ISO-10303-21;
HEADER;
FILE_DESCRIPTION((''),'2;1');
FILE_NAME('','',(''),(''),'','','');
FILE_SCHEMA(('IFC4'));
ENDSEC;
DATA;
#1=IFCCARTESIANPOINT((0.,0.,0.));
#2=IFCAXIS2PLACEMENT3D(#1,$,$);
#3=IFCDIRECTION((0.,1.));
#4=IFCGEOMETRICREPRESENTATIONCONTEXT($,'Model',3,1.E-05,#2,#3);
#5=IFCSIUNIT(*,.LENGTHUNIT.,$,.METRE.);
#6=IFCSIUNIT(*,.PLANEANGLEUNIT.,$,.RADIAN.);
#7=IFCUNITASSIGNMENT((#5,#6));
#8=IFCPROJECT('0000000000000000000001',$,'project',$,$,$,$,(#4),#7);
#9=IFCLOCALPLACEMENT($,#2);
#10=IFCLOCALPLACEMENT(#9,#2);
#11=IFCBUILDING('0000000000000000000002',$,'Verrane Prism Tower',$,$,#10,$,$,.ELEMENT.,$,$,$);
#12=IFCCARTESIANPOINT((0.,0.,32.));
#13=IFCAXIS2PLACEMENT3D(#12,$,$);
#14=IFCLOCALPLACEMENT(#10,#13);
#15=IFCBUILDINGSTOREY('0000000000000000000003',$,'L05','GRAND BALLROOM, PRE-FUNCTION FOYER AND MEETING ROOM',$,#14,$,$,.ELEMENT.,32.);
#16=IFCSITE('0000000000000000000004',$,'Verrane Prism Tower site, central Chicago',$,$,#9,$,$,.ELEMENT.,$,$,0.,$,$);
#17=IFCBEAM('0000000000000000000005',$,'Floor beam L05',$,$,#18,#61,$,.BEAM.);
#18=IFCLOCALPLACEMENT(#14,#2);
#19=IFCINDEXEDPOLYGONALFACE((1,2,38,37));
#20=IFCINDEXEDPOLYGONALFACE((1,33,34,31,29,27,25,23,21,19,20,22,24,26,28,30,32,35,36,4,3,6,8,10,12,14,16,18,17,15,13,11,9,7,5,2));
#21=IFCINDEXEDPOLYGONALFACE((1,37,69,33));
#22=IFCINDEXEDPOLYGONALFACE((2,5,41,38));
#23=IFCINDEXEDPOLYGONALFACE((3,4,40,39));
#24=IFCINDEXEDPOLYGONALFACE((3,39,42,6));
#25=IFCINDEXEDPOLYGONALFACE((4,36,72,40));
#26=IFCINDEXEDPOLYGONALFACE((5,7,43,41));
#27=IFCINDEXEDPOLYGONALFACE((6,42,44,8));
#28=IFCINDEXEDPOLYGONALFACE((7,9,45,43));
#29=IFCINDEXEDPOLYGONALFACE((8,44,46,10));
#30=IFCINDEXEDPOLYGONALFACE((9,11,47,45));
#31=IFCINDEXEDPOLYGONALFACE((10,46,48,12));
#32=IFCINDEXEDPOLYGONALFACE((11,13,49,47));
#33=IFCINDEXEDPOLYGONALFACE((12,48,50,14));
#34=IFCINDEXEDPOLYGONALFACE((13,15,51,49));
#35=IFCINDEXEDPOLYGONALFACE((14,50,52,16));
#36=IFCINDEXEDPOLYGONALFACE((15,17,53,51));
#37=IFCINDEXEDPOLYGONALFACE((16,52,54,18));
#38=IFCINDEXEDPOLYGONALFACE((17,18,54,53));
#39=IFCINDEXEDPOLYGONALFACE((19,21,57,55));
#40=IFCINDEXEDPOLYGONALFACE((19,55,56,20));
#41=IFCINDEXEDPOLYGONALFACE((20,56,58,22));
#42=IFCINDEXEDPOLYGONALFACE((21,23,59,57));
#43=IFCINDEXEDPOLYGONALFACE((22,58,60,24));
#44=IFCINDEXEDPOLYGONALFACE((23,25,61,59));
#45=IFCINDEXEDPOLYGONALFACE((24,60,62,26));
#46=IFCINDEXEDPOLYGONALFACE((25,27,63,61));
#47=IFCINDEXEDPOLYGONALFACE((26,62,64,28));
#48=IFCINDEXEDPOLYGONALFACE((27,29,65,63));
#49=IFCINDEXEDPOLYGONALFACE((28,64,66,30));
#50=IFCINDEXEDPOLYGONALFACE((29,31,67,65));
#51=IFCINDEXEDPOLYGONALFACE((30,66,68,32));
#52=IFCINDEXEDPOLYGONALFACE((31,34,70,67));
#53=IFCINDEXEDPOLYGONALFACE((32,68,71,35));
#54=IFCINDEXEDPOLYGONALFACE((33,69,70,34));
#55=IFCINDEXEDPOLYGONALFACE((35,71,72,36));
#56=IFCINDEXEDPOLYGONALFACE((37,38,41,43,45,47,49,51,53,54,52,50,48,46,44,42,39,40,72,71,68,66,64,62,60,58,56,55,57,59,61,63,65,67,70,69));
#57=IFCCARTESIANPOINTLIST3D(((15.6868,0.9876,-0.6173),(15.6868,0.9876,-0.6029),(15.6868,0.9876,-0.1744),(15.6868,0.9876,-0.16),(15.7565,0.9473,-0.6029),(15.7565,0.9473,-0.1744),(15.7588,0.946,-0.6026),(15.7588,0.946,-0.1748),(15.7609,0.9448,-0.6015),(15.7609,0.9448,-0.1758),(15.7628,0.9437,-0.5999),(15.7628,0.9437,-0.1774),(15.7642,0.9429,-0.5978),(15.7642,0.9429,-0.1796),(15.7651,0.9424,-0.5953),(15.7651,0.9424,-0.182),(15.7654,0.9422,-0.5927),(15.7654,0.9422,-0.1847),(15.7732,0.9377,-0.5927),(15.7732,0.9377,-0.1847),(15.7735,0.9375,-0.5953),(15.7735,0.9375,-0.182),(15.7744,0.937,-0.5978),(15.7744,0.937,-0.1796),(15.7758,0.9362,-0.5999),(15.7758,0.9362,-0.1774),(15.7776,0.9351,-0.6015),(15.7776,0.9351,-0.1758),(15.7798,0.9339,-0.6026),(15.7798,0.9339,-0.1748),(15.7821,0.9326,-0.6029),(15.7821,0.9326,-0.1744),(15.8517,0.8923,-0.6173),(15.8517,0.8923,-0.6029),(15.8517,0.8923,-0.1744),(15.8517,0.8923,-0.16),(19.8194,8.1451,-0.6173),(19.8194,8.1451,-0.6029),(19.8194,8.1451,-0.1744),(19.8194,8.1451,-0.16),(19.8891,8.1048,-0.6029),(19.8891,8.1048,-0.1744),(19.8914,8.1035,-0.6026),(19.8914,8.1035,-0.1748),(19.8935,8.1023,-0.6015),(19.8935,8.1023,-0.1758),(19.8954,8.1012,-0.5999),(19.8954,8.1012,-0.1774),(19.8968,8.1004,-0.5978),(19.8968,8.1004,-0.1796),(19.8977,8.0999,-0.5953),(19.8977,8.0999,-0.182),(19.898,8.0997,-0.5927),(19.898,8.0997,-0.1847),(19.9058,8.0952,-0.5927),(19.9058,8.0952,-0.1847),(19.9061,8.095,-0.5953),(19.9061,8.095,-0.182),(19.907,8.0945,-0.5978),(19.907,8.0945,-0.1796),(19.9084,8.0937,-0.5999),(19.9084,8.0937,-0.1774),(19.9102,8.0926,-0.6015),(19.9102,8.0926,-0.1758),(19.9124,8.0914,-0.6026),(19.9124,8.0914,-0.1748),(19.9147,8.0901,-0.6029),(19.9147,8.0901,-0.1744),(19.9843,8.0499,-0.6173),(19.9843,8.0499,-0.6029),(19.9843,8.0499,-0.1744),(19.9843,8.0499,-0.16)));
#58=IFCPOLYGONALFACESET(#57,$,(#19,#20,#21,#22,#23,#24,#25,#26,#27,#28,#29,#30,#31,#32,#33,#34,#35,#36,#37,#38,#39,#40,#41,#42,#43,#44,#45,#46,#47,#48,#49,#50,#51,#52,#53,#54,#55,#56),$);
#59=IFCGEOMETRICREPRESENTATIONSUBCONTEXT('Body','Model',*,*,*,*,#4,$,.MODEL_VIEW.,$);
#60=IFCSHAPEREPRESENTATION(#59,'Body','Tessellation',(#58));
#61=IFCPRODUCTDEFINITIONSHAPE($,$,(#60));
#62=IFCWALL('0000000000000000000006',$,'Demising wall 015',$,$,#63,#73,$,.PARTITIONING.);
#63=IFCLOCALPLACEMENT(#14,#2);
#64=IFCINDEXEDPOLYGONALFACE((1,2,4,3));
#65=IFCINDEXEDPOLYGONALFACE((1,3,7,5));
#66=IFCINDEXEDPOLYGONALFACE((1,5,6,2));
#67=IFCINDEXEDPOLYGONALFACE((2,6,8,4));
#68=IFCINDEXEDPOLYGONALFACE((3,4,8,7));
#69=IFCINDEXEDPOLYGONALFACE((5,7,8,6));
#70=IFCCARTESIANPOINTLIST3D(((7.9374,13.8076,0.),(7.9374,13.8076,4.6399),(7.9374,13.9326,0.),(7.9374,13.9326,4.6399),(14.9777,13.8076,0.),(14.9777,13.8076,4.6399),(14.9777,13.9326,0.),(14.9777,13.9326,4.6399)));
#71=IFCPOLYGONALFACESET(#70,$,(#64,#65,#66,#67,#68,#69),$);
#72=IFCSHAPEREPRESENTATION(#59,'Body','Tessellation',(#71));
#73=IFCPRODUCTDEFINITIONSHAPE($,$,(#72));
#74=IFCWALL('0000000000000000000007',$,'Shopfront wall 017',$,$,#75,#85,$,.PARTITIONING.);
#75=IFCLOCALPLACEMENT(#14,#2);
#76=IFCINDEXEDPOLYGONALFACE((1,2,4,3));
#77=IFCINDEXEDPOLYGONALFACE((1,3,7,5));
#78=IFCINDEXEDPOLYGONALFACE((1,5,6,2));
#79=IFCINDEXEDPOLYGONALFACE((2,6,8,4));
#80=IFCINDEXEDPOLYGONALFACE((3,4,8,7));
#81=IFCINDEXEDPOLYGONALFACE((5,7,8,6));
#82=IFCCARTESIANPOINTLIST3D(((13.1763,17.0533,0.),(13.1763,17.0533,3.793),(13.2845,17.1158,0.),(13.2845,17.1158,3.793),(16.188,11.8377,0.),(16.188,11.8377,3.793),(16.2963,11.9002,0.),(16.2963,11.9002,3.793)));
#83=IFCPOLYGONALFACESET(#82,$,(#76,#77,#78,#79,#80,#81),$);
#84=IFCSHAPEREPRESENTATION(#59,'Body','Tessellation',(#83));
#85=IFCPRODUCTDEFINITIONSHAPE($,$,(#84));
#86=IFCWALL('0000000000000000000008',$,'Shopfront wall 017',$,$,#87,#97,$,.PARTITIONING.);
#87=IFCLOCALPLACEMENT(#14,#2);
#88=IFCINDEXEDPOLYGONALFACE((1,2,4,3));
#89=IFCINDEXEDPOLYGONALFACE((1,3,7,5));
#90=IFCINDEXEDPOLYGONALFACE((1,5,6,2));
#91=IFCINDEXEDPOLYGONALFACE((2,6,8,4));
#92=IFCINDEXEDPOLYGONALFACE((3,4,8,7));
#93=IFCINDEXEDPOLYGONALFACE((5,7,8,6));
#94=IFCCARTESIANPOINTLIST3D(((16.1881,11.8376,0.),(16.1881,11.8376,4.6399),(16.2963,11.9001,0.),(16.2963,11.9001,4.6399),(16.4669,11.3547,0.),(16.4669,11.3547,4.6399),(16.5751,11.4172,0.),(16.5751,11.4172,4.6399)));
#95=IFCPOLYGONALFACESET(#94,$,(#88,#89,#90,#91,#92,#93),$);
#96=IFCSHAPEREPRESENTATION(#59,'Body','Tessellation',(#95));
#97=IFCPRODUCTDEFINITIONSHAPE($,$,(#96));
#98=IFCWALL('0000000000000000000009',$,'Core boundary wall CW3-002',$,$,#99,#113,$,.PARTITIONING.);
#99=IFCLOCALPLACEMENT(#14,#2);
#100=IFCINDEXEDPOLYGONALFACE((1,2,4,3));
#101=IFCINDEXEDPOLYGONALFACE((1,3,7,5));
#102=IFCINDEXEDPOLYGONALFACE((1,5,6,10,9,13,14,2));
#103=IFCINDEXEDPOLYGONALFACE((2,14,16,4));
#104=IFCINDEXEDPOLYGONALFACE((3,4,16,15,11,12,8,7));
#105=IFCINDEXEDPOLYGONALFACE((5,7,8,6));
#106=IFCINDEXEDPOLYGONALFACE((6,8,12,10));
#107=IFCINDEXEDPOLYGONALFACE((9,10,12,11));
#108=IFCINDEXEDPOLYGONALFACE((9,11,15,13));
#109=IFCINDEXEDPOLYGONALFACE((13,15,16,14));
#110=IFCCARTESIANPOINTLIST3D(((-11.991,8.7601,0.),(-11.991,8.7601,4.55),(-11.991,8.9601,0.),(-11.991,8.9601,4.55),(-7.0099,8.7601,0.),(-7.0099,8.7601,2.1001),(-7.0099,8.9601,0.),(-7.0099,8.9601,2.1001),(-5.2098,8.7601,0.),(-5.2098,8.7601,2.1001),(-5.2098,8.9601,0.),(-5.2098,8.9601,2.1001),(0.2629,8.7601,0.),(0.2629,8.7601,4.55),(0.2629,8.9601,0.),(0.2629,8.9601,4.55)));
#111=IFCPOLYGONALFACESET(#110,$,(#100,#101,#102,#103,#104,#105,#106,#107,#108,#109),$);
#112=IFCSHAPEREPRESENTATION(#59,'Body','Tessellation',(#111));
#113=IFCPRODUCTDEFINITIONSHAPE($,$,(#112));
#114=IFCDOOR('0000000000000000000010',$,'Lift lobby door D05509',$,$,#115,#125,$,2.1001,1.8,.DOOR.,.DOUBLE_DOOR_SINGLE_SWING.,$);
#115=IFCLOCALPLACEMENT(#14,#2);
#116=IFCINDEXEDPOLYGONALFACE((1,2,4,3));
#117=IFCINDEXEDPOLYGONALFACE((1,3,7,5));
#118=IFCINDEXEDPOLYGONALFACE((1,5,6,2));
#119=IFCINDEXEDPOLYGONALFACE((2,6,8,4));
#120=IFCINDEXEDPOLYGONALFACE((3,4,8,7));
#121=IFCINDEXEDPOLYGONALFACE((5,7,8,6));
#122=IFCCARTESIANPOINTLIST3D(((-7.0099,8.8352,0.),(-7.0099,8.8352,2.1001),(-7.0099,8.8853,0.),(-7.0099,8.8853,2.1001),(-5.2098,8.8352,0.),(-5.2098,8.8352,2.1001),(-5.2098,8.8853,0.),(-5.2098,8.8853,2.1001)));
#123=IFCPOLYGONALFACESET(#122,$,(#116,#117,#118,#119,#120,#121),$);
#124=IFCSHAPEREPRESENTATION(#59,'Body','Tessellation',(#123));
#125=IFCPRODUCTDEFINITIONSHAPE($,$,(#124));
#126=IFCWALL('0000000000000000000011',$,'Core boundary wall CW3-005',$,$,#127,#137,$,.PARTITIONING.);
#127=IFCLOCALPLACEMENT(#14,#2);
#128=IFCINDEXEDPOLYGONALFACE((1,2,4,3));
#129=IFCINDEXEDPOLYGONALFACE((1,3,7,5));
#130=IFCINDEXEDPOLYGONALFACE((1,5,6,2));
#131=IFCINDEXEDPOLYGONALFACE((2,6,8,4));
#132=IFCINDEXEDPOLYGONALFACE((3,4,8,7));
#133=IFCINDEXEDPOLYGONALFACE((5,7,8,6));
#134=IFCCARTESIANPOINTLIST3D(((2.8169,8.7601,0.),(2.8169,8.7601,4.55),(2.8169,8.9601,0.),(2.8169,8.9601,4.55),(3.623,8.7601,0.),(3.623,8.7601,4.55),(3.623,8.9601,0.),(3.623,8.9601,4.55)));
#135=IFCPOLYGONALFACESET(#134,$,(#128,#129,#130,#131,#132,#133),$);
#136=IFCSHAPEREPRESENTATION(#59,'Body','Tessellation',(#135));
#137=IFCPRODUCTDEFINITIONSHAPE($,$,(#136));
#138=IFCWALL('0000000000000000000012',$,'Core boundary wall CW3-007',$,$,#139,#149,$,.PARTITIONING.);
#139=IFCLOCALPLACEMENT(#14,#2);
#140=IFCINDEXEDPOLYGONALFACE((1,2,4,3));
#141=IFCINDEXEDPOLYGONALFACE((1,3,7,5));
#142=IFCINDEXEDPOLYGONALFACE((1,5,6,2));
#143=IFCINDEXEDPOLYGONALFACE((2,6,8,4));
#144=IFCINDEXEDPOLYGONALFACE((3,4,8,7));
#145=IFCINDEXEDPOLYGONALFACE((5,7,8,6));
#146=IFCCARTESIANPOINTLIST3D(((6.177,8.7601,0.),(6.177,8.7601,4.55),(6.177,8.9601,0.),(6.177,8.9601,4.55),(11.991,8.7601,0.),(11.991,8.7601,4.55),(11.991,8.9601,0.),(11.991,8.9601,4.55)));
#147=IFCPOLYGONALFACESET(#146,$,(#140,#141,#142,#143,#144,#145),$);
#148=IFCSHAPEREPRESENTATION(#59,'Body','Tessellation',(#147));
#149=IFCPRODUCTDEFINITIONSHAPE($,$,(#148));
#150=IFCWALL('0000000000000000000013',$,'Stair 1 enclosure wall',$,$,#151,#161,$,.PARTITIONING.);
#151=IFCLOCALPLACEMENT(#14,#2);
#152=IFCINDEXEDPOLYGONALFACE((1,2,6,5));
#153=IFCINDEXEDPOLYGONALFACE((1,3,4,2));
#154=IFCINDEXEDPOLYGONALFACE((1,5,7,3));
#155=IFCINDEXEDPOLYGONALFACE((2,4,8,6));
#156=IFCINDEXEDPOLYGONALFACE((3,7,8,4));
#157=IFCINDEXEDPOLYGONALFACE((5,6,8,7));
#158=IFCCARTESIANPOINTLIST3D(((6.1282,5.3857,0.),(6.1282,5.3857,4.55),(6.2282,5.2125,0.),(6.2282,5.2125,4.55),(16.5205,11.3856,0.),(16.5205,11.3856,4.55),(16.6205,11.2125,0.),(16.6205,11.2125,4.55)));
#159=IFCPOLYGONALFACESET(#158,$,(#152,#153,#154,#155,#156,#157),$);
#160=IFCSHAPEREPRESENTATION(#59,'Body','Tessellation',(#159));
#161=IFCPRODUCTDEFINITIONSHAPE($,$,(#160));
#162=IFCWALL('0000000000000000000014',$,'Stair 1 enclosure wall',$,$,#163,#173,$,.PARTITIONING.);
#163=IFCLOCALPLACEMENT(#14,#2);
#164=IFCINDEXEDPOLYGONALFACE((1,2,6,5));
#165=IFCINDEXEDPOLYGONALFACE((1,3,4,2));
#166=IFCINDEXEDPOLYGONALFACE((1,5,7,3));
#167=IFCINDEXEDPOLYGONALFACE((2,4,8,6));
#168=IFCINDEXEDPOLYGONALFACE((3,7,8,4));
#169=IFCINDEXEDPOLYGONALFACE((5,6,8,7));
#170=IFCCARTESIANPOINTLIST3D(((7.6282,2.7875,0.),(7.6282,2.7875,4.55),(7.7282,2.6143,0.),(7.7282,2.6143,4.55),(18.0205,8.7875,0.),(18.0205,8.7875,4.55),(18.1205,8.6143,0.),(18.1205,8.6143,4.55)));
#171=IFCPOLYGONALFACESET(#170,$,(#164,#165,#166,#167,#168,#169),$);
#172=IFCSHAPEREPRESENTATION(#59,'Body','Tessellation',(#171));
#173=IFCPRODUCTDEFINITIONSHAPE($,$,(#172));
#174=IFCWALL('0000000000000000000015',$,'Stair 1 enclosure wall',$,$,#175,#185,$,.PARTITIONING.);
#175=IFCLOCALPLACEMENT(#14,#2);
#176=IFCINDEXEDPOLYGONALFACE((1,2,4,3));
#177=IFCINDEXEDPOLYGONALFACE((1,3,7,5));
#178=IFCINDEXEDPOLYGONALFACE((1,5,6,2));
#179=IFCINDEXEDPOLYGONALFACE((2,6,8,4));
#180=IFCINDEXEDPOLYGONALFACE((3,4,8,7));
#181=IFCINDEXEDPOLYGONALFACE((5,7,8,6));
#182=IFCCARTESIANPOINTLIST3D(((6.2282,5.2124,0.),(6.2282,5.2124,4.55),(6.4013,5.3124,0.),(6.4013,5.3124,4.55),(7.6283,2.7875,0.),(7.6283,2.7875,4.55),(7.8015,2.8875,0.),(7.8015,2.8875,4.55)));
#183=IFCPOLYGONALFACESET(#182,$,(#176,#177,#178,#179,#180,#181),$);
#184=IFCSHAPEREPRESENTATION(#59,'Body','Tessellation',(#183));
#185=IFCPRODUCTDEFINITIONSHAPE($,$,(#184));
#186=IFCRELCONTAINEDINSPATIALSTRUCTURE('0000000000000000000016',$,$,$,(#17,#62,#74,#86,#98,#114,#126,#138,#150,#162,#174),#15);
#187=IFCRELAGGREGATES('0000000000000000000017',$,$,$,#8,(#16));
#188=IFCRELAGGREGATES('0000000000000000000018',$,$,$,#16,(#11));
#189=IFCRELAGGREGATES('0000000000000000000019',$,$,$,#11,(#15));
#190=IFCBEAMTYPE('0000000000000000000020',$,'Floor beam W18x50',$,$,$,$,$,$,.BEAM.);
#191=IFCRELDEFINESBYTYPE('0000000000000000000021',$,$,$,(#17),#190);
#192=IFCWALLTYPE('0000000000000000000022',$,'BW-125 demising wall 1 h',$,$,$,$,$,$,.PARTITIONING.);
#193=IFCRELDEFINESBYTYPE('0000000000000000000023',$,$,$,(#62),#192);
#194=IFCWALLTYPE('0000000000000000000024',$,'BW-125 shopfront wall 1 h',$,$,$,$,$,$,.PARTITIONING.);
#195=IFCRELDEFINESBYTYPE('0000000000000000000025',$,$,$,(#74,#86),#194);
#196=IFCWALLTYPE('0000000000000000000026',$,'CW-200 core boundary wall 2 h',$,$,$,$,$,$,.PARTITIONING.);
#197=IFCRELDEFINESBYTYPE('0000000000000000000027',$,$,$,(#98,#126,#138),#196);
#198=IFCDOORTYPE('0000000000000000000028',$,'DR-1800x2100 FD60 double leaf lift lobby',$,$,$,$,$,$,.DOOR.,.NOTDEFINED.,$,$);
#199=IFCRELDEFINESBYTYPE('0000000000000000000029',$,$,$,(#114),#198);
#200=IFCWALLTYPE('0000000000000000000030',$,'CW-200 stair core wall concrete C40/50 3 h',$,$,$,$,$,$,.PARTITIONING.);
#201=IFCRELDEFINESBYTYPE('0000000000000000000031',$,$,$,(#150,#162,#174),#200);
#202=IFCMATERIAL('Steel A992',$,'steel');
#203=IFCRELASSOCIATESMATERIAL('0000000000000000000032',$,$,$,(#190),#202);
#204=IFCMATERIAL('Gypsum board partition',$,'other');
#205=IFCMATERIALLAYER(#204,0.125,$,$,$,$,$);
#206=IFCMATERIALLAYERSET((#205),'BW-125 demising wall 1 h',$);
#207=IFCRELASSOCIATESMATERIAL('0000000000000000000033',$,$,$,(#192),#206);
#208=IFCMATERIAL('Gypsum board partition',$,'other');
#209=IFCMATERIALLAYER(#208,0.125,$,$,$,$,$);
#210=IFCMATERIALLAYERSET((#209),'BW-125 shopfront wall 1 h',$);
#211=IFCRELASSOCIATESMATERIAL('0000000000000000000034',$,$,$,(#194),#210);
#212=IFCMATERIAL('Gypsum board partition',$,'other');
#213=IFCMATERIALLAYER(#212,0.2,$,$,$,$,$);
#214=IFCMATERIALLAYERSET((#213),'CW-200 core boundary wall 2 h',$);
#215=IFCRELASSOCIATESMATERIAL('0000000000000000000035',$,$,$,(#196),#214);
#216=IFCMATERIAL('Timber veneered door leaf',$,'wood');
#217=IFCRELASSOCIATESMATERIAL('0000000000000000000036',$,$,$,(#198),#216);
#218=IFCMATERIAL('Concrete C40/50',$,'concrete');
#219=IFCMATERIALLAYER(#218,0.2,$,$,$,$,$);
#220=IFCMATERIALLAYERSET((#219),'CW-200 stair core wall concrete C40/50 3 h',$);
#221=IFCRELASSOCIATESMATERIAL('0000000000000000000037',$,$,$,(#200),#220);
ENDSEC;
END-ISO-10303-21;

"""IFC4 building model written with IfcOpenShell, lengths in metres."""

from ifc_helpers import new_model, si_unit, direction, frame, frame_2d, origin, origin_2d, place, context, subcontext, project, spatial, rectangle, i_section, extrude, material, layer, layer_set, material_profile, profile_set, type_object, element, fill, save


model = new_model("IFC4")

# Units and contexts
model_context = context("Model", 3, precision=1e-05, world=origin(), true_north=direction((0.0, 1.0)))
body_context = subcontext(model_context, "Body", "Model", "MODEL_VIEW")
ifc_project = project(units=[si_unit("LENGTHUNIT", "METRE"), si_unit("PLANEANGLEUNIT", "RADIAN")], contexts=[model_context])

# Site, building, storey
site_placement = place(None, origin())
site = spatial("IfcSite", under=ifc_project, at=site_placement, Name="Verrane Prism Tower site, central Chicago", CompositionType="ELEMENT", RefElevation=0.0)
building_placement = place(site_placement, origin())
building = spatial("IfcBuilding", under=site, at=building_placement, Name="Verrane Prism Tower", CompositionType="ELEMENT")
storey_placement = place(building_placement, frame((0.0, 0.0, 32.0)))
storey = spatial("IfcBuildingStorey", under=building, at=storey_placement, Name="L05", Description="GRAND BALLROOM, PRE-FUNCTION FOYER AND MEETING ROOM", CompositionType="ELEMENT", Elevation=32.0)

# Beam
ifc_material_1 = material(Name="Steel A992", Category="steel")
ifc_material_profile_1 = material_profile(ifc_material_1, i_section(OverallWidth=0.1904, OverallDepth=0.4573, WebThickness=0.009, FlangeThickness=0.0144, FilletRadius=0.0103, at=origin_2d()), Name="W18x50")
ifc_profile_set_1 = profile_set([ifc_material_profile_1], Name="Steel A992")
beam_type_1 = type_object("IfcBeamType", Name="Floor beam W18x50", PredefinedType="BEAM", material=ifc_profile_set_1)
beam_1_placement = place(storey_placement, frame((15.7693, 0.9399, -0.3887), z_axis=(0.500018, 0.866015, 0.0), x_axis=(-0.866015, 0.500018, 0.0)))
element("IfcBeam", 1, at=beam_1_placement, inside=storey, type_object=beam_type_1, Name="Floor beam L05", PredefinedType="BEAM", context=body_context, shape_type="SweptSolid", body=[
    extrude(i_section(OverallWidth=0.1904, OverallDepth=0.4573, WebThickness=0.009, FlangeThickness=0.0144, FilletRadius=0.0103, at=origin_2d()), origin(), (0.0, 0.0, 1.0), 8.2649),
])

# Walls
ifc_material_2 = material(Name="Gypsum board partition", Category="other")
ifc_layer_1 = layer(ifc_material_2, 0.125)
ifc_layer_set_1 = layer_set([ifc_layer_1], Name="BW-125 demising wall 1 h")
wall_type_1 = type_object("IfcWallType", Name="BW-125 demising wall 1 h", PredefinedType="PARTITIONING", material=ifc_layer_set_1)
wall_1_placement = place(storey_placement, frame((7.9375, 13.8701, 0.0), z_axis=(0.0, 0.0, 1.0), x_axis=(1.0, 0.0, 0.0)))
element("IfcWall", 2, at=wall_1_placement, inside=storey, type_object=wall_type_1, Name="Demising wall 015", PredefinedType="PARTITIONING", context=body_context, shape_type="SweptSolid", body=[
    extrude(rectangle(XDim=7.0403, YDim=0.125, at=frame_2d((3.52, 0.0))), origin(), (0.0, 0.0, 1.0), 4.6399),
])
ifc_material_3 = material(Name="Gypsum board partition", Category="other")
ifc_layer_2 = layer(ifc_material_3, 0.125)
ifc_layer_set_2 = layer_set([ifc_layer_2], Name="BW-125 shopfront wall 1 h")
wall_type_2 = type_object("IfcWallType", Name="BW-125 shopfront wall 1 h", PredefinedType="PARTITIONING", material=ifc_layer_set_2)
wall_2_placement = place(storey_placement, frame((13.2305, 17.0845, 0.0), z_axis=(0.0, 0.0, 1.0), x_axis=(0.500063, -0.865989, 0.0)))
element("IfcWall", 3, at=wall_2_placement, inside=storey, type_object=wall_type_2, Name="Shopfront wall 017", PredefinedType="PARTITIONING", context=body_context, shape_type="SweptSolid", body=[
    extrude(rectangle(XDim=6.0227, YDim=0.125, at=frame_2d((3.0112, 0.0))), origin(), (0.0, 0.0, 1.0), 3.793),
])
wall_3_placement = place(storey_placement, frame((16.2422, 11.8689, 0.0), z_axis=(0.0, 0.0, 1.0), x_axis=(0.5, -0.866025, 0.0)))
element("IfcWall", 4, at=wall_3_placement, inside=storey, type_object=wall_type_2, Name="Shopfront wall 017", PredefinedType="PARTITIONING", context=body_context, shape_type="SweptSolid", body=[
    extrude(rectangle(XDim=0.5576, YDim=0.125, at=frame_2d((0.2788, 0.0))), origin(), (0.0, 0.0, 1.0), 4.6399),
])

# Wall, opening, door
ifc_material_4 = material(Name="Gypsum board partition", Category="other")
ifc_layer_3 = layer(ifc_material_4, 0.2)
ifc_layer_set_3 = layer_set([ifc_layer_3], Name="CW-200 core boundary wall 2 h")
wall_type_3 = type_object("IfcWallType", Name="CW-200 core boundary wall 2 h", PredefinedType="PARTITIONING", material=ifc_layer_set_3)
wall_4_placement = place(storey_placement, frame((0.2629, 8.8601, 0.0), z_axis=(0.0, 0.0, 1.0), x_axis=(-1.0, 0.0, 0.0)))
wall_4 = element("IfcWall", 5, at=wall_4_placement, inside=storey, type_object=wall_type_3, Name="Core boundary wall CW3-002", PredefinedType="PARTITIONING", context=body_context, shape_type="SweptSolid", body=[
    extrude(rectangle(XDim=12.2539, YDim=0.2, at=frame_2d((6.127, 0.0))), origin(), (0.0, 0.0, 1.0), 4.55),
])
opening_1_placement = place(wall_4_placement, frame((5.4729, 0.0, 0.0)))
opening_1 = element("IfcOpeningElement", 6, at=opening_1_placement, cuts=wall_4, PredefinedType="OPENING", context=body_context, shape_type="SweptSolid", body=[
    extrude(rectangle(XDim=1.8, YDim=2.1001, at=frame_2d((0.8999, 1.05))), frame((0.0, 0.1099, 0.0), z_axis=(0.0, -1.0, 0.0), x_axis=(1.0, 0.0, 0.0)), (0.0, 0.0, 1.0), 0.22),
])
ifc_material_5 = material(Name="Timber veneered door leaf", Category="wood")
door_type_1 = type_object("IfcDoorType", Name="DR-1800x2100 FD60 double leaf lift lobby", OperationType="NOTDEFINED", PredefinedType="DOOR", material=ifc_material_5)
door_1_placement = place(opening_1_placement, origin())
door_1 = element("IfcDoor", 7, at=door_1_placement, inside=storey, type_object=door_type_1, Name="Lift lobby door D05509", OperationType="DOUBLE_DOOR_SINGLE_SWING", OverallHeight=2.1001, OverallWidth=1.8, PredefinedType="DOOR", context=body_context, shape_type="SweptSolid", body=[
    extrude(rectangle(XDim=1.8, YDim=2.1001, at=frame_2d((0.8999, 1.05))), frame((0.0, 0.0249, 0.0), z_axis=(0.0, -1.0, 0.0), x_axis=(1.0, 0.0, 0.0)), (0.0, 0.0, 1.0), 0.05),
])
fill(opening_1, door_1)

# Walls
wall_5_placement = place(storey_placement, frame((2.8169, 8.8601, 0.0), z_axis=(0.0, 0.0, 1.0), x_axis=(1.0, 0.0, 0.0)))
element("IfcWall", 8, at=wall_5_placement, inside=storey, type_object=wall_type_3, Name="Core boundary wall CW3-005", PredefinedType="PARTITIONING", context=body_context, shape_type="SweptSolid", body=[
    extrude(rectangle(XDim=0.8062, YDim=0.2, at=frame_2d((0.4031, 0.0))), origin(), (0.0, 0.0, 1.0), 4.55),
])
wall_6_placement = place(storey_placement, frame((6.177, 8.8601, 0.0), z_axis=(0.0, 0.0, 1.0), x_axis=(1.0, 0.0, 0.0)))
element("IfcWall", 9, at=wall_6_placement, inside=storey, type_object=wall_type_3, Name="Core boundary wall CW3-007", PredefinedType="PARTITIONING", context=body_context, shape_type="SweptSolid", body=[
    extrude(rectangle(XDim=5.814, YDim=0.2, at=frame_2d((2.907, 0.0))), origin(), (0.0, 0.0, 1.0), 4.55),
])
ifc_material_6 = material(Name="Concrete C40/50", Category="concrete")
ifc_layer_4 = layer(ifc_material_6, 0.2)
ifc_layer_set_4 = layer_set([ifc_layer_4], Name="CW-200 stair core wall concrete C40/50 3 h")
wall_type_4 = type_object("IfcWallType", Name="CW-200 stair core wall concrete C40/50 3 h", PredefinedType="PARTITIONING", material=ifc_layer_set_4)
for number, where, z_axis, x_axis, name in (
    (10, (6.1782, 5.2991, 0.0), (0.0, 0.0, 1.0), (0.866026, 0.499999, 0.0), "Stair 1 enclosure wall"),
    (11, (7.6782, 2.7009, 0.0), (0.0, 0.0, 1.0), (0.866026, 0.499999, 0.0), "Stair 1 enclosure wall"),
):
    element("IfcWall", number, at=place(storey_placement, frame(where, z_axis=z_axis, x_axis=x_axis)), inside=storey, type_object=wall_type_4, Name=name, PredefinedType="PARTITIONING", context=body_context, shape_type="SweptSolid", body=[
        extrude(rectangle(XDim=12.0, YDim=0.2, at=frame_2d((6.0, 0.0))), origin(), (0.0, 0.0, 1.0), 4.55),
    ])
wall_7_placement = place(storey_placement, frame((7.7148, 2.8376, 0.0), z_axis=(0.0, 0.0, 1.0), x_axis=(-0.50005, 0.865997, 0.0)))
element("IfcWall", 12, at=wall_7_placement, inside=storey, type_object=wall_type_4, Name="Stair 1 enclosure wall", PredefinedType="PARTITIONING", context=body_context, shape_type="SweptSolid", body=[
    extrude(rectangle(XDim=2.8, YDim=0.2, at=frame_2d((1.3999, 0.0))), origin(), (0.0, 0.0, 1.0), 4.55),
])

save(model, "model.ifc")
